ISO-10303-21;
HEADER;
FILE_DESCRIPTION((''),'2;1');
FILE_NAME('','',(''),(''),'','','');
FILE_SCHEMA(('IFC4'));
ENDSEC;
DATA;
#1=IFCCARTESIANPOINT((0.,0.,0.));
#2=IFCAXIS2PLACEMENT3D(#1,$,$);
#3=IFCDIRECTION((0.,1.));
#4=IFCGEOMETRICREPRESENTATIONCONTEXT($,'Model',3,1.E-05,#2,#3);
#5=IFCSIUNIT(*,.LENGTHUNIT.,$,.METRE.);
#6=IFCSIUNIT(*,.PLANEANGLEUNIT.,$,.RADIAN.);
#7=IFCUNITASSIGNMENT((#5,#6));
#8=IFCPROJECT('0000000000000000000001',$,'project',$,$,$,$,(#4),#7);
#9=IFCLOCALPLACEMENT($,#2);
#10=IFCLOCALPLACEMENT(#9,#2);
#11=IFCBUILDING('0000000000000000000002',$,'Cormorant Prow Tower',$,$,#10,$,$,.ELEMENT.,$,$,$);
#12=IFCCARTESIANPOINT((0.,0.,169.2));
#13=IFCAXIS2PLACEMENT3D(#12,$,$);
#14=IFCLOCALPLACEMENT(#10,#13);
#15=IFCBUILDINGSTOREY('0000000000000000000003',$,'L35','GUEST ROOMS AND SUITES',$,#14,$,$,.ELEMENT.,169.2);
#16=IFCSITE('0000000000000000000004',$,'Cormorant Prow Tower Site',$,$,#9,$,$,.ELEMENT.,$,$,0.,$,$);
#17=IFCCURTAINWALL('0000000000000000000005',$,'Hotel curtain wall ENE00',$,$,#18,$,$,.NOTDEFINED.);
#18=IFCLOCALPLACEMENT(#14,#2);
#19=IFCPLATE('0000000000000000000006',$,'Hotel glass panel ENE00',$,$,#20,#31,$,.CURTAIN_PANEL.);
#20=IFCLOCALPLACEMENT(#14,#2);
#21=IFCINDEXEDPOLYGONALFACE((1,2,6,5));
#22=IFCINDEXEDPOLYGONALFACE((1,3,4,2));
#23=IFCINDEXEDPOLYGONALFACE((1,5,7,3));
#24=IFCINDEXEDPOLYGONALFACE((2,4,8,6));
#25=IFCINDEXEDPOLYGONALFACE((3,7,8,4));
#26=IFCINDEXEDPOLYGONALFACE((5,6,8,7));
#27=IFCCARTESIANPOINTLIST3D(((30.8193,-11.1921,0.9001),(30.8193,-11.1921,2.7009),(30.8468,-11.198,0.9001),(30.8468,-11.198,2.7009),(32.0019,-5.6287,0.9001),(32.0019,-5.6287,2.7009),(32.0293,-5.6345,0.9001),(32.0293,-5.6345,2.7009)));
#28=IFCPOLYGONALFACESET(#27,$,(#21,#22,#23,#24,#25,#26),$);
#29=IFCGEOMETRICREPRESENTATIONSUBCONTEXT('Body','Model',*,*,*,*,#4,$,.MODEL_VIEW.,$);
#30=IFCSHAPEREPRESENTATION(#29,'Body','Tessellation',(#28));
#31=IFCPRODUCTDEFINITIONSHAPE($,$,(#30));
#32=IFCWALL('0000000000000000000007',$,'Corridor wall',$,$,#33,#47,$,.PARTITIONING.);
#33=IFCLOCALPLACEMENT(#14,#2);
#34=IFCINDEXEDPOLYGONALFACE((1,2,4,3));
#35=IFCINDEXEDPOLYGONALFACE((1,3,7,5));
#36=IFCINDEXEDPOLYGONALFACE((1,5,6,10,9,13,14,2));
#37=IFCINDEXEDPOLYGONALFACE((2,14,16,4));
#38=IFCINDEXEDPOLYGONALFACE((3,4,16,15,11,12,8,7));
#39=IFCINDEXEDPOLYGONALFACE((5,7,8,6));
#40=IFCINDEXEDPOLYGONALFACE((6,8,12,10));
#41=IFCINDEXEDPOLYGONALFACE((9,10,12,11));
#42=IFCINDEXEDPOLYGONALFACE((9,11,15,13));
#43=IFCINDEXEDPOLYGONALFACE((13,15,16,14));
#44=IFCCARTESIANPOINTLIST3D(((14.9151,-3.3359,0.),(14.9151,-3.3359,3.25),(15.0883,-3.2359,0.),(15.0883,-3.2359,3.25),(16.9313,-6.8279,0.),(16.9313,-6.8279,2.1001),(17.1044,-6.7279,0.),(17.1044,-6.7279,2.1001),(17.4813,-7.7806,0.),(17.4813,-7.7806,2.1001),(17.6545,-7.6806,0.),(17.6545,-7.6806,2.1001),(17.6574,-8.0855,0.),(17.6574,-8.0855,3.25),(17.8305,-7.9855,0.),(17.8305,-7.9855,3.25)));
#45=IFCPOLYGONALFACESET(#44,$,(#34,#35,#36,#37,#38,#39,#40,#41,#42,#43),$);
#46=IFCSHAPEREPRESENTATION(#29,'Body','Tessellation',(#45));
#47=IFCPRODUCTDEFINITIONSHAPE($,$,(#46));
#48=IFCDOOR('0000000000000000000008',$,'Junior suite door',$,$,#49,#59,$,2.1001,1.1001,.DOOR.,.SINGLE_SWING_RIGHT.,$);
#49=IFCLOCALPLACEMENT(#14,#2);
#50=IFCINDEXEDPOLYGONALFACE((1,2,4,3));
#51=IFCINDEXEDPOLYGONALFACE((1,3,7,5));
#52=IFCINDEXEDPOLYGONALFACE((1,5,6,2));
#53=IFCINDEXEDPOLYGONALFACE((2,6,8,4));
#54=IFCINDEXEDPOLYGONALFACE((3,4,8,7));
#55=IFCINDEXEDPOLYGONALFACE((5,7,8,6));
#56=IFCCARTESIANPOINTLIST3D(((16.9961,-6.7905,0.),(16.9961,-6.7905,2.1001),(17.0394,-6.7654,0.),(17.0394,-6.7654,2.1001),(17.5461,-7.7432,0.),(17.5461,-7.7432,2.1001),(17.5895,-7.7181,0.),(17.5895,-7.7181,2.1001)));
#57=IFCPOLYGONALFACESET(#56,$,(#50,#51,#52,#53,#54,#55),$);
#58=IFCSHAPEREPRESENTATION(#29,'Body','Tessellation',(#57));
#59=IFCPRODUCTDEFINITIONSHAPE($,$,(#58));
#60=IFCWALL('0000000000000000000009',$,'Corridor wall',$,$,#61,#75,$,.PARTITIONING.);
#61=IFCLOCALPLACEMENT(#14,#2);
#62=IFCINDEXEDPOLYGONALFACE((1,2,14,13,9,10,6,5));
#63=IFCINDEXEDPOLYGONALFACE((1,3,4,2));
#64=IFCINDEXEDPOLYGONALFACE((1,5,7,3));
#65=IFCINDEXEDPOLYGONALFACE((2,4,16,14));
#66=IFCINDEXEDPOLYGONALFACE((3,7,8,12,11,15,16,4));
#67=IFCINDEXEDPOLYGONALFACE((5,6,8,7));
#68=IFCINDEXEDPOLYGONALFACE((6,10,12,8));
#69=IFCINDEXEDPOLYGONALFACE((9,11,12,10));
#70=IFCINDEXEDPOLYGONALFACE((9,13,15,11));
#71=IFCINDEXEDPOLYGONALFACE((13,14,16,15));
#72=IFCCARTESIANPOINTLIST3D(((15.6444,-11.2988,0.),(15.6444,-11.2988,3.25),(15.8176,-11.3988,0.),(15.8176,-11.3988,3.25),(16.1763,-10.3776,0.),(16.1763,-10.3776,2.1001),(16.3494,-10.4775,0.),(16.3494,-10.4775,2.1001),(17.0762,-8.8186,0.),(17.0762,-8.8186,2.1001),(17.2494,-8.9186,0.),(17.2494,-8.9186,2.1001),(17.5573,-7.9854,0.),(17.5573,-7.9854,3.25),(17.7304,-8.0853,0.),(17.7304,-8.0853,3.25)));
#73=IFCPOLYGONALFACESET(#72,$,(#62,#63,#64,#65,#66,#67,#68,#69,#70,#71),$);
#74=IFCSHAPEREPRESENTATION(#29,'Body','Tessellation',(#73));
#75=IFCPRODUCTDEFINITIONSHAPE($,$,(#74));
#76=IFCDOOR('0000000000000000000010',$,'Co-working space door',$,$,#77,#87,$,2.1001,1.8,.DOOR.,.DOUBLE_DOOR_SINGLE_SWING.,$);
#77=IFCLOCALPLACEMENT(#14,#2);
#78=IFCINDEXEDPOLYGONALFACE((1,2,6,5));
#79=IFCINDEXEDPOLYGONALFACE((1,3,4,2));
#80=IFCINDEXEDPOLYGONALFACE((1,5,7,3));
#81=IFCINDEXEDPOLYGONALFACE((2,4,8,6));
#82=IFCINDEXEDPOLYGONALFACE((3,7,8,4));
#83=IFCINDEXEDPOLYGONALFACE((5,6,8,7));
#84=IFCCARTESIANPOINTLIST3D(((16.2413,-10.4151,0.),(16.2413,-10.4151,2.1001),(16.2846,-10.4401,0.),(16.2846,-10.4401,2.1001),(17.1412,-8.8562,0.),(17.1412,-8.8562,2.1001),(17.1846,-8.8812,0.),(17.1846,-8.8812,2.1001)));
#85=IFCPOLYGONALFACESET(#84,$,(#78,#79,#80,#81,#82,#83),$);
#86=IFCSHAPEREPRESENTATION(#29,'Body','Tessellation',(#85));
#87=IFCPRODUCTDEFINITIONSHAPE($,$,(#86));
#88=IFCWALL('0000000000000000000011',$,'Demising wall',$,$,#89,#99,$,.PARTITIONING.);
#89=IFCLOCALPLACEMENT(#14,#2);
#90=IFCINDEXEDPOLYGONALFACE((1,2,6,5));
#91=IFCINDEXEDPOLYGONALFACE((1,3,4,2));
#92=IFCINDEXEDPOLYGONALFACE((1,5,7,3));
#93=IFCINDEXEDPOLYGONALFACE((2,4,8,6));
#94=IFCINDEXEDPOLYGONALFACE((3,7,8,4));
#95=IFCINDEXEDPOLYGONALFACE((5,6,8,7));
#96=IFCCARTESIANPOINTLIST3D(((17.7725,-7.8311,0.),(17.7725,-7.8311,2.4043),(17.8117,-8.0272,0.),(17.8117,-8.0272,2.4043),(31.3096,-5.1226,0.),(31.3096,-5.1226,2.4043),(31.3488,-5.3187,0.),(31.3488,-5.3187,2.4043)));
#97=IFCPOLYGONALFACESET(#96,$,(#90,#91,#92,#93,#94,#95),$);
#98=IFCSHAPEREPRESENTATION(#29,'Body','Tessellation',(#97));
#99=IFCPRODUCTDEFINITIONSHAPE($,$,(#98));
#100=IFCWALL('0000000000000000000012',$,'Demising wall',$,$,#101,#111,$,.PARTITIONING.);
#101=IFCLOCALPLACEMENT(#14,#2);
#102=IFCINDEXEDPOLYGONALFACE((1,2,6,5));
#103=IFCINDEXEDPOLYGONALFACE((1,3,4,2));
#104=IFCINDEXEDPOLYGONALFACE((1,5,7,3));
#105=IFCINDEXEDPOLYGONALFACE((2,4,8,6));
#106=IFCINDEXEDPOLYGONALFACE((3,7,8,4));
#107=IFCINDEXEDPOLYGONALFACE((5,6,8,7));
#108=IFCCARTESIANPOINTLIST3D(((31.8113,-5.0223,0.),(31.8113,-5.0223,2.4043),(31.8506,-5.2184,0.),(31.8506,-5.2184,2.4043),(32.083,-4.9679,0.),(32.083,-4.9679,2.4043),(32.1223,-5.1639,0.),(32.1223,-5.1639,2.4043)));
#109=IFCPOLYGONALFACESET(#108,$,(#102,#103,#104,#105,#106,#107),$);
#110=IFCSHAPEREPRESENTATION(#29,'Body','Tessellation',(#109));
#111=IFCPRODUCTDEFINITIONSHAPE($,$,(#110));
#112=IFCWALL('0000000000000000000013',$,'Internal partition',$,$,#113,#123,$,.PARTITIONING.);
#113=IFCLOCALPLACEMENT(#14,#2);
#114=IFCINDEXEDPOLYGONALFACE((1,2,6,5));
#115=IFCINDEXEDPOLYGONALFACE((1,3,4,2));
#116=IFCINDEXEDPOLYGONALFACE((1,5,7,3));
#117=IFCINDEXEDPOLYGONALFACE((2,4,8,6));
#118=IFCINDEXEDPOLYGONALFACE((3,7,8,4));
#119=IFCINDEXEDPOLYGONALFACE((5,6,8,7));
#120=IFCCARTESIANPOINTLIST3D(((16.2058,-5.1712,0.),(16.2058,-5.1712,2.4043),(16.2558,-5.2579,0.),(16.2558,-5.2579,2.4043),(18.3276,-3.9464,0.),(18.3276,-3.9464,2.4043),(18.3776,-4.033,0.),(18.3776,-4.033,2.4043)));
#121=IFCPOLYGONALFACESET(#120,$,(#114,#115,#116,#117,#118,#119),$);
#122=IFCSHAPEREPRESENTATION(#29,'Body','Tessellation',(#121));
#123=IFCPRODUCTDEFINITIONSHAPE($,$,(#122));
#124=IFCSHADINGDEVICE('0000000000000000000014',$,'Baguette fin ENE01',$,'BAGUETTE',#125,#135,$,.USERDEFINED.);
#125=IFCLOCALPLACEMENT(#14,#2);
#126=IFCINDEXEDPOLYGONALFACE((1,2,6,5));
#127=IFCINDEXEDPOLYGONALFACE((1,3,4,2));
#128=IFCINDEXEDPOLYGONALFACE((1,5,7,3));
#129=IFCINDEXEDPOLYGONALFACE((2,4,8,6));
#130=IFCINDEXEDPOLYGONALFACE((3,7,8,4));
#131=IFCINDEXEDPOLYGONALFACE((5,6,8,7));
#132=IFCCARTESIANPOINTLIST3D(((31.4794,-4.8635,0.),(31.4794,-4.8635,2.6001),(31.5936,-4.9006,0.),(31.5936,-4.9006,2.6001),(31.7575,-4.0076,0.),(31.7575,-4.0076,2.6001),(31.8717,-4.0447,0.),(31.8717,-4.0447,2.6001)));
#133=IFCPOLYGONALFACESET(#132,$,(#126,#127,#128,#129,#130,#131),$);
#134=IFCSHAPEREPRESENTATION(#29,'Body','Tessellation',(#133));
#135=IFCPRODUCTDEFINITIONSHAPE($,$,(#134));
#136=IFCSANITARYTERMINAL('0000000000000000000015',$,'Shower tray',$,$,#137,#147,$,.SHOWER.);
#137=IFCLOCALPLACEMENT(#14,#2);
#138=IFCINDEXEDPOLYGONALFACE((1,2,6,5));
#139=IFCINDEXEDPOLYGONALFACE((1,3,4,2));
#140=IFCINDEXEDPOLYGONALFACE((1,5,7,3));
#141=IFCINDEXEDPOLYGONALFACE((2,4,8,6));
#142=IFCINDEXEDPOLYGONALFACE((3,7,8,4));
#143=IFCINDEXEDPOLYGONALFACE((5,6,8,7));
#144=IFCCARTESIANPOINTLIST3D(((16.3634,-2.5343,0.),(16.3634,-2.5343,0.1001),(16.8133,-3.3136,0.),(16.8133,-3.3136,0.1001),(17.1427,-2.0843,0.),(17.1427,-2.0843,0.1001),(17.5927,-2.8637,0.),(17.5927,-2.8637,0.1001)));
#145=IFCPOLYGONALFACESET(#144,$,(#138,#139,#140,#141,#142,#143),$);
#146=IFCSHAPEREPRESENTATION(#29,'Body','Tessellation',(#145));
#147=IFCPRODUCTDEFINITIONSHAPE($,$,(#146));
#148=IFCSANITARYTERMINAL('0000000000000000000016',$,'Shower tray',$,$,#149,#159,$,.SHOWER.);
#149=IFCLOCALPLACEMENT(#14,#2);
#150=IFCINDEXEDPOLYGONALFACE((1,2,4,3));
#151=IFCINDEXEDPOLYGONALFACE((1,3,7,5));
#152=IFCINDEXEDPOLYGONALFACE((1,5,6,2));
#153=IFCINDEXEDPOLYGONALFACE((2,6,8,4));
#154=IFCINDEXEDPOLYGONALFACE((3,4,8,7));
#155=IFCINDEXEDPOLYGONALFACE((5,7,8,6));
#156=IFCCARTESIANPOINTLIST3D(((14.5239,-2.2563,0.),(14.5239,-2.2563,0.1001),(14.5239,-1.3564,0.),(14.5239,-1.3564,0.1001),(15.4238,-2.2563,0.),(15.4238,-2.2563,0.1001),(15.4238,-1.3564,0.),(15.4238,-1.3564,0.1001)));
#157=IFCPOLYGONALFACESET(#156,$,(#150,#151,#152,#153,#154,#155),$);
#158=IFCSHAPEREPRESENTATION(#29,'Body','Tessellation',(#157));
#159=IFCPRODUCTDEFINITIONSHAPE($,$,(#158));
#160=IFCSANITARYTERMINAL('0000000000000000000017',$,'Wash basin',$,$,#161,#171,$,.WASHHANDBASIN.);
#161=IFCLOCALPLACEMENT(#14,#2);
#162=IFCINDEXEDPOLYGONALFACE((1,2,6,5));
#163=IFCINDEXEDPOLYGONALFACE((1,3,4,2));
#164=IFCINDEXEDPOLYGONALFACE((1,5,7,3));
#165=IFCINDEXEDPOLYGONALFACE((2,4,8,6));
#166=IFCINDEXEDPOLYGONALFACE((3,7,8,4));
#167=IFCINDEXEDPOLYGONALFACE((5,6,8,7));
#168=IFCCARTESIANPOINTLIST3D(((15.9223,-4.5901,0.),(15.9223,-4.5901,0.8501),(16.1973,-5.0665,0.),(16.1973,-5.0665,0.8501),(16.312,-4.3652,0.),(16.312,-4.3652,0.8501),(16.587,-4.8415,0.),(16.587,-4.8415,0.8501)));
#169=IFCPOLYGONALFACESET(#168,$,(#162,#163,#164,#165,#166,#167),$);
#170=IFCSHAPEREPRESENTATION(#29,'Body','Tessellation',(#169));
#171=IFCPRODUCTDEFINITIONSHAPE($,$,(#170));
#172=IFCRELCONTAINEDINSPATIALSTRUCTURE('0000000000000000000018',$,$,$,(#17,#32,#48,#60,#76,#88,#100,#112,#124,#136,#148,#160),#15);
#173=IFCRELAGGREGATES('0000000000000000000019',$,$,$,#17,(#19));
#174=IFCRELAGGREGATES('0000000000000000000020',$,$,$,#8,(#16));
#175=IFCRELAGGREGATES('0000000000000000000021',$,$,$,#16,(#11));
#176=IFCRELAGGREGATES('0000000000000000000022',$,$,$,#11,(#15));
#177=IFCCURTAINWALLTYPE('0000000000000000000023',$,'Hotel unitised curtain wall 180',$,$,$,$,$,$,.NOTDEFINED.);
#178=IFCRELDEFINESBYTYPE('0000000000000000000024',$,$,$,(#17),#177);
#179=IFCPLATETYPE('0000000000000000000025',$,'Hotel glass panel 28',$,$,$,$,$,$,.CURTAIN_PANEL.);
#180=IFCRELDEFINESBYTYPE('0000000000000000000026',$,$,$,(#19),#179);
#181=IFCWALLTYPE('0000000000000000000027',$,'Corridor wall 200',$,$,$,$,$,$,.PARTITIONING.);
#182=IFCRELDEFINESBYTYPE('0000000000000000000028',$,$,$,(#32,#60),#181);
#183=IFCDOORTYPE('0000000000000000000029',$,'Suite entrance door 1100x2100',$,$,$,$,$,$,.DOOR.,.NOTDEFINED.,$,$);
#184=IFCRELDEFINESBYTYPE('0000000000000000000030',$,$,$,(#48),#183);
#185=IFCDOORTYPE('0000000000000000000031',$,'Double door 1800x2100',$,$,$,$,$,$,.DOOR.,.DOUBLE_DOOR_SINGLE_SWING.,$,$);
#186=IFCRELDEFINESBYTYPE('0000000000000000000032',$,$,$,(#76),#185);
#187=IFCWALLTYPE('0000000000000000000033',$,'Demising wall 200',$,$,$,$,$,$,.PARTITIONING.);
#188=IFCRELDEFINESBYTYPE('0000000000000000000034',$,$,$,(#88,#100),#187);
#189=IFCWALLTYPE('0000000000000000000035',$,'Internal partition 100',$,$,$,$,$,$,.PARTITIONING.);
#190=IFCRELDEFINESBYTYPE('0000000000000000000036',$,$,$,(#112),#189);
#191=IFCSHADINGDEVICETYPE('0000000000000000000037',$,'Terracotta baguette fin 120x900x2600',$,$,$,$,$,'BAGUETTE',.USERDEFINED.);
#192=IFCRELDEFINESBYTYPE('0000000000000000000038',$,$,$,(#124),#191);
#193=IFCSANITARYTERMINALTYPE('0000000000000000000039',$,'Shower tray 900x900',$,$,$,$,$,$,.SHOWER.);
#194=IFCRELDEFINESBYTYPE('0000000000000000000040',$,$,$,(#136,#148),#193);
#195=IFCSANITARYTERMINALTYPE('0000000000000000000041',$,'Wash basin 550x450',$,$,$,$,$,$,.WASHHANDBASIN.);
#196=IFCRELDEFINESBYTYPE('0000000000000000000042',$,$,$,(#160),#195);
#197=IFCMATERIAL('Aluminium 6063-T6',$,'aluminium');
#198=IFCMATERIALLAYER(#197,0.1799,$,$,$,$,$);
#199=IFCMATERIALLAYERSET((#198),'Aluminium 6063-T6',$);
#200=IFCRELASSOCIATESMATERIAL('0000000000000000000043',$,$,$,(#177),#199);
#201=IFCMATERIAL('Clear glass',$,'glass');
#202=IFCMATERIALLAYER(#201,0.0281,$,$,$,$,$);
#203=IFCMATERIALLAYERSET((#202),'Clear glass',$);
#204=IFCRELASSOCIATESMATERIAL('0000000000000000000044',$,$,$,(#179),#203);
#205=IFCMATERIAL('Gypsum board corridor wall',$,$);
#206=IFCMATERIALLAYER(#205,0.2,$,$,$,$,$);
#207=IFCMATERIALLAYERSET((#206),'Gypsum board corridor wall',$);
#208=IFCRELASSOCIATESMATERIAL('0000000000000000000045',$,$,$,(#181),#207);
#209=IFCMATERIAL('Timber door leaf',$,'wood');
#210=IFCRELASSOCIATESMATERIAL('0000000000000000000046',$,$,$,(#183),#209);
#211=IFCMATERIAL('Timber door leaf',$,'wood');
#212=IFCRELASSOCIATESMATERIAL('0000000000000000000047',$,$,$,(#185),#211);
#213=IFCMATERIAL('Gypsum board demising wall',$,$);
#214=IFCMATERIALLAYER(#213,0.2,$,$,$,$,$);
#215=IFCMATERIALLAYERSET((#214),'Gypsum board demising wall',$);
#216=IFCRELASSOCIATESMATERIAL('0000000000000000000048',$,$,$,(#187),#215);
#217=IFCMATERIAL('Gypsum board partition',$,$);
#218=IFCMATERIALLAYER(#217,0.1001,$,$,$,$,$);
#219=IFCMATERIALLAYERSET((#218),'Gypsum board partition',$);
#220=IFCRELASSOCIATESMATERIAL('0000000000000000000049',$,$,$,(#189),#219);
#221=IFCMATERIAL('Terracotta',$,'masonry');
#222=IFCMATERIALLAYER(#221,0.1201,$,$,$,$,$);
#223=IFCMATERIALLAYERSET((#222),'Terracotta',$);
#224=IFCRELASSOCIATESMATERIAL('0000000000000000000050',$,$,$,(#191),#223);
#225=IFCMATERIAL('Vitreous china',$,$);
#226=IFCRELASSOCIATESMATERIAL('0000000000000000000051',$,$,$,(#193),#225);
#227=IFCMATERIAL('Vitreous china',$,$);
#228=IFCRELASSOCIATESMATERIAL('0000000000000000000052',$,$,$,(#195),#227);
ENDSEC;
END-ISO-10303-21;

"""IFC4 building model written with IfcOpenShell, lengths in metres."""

from ifc_helpers import new_model, si_unit, direction, frame, frame_2d, origin, origin_2d, place, context, subcontext, project, spatial, rectangle, extrude, material, layer, layer_set, type_object, element, fill, aggregate, save


model = new_model("IFC4")

# Units and contexts
model_context = context("Model", 3, precision=1e-05, world=origin(), true_north=direction((0.0, 1.0)))
body_context = subcontext(model_context, "Body", "Model", "MODEL_VIEW")
ifc_project = project(units=[si_unit("LENGTHUNIT", "METRE"), si_unit("PLANEANGLEUNIT", "RADIAN")], contexts=[model_context])

# Site, building, storey
site_placement = place(None, origin())
site = spatial("IfcSite", under=ifc_project, at=site_placement, Name="Cormorant Prow Tower Site", CompositionType="ELEMENT", RefElevation=0.0)
building_placement = place(site_placement, origin())
building = spatial("IfcBuilding", under=site, at=building_placement, Name="Cormorant Prow Tower", CompositionType="ELEMENT")
storey_placement = place(building_placement, frame((0.0, 0.0, 169.2)))
storey = spatial("IfcBuildingStorey", under=building, at=storey_placement, Name="L35", Description="GUEST ROOMS AND SUITES", CompositionType="ELEMENT", Elevation=169.2)

# Curtain wall
ifc_material_1 = material(Name="Aluminium 6063-T6", Category="aluminium")
ifc_layer_1 = layer(ifc_material_1, 0.1799)
ifc_layer_set_1 = layer_set([ifc_layer_1], Name="Aluminium 6063-T6")
curtain_wall_type = type_object("IfcCurtainWallType", Name="Hotel unitised curtain wall 180", PredefinedType="NOTDEFINED", material=ifc_layer_set_1)
curtain_wall_1_placement = place(storey_placement, origin())
curtain_wall_1 = element("IfcCurtainWall", 1, at=curtain_wall_1_placement, inside=storey, type_object=curtain_wall_type, Name="Hotel curtain wall ENE00", PredefinedType="NOTDEFINED")

# Plate
ifc_material_2 = material(Name="Clear glass", Category="glass")
ifc_layer_2 = layer(ifc_material_2, 0.0281)
ifc_layer_set_2 = layer_set([ifc_layer_2], Name="Clear glass")
plate_type = type_object("IfcPlateType", Name="Hotel glass panel 28", PredefinedType="CURTAIN_PANEL", material=ifc_layer_set_2)
plate_placement = place(storey_placement, frame((31.4243, -8.4133, 0.9001), z_axis=(0.0, 0.0, 1.0), x_axis=(0.207912, 0.978148, 0.0)))
plate = element("IfcPlate", 2, at=plate_placement, type_object=plate_type, Name="Hotel glass panel ENE00", PredefinedType="CURTAIN_PANEL", context=body_context, shape_type="SweptSolid", body=[
    extrude(rectangle(XDim=5.6877, YDim=0.0281, at=origin_2d()), origin(), (0.0, 0.0, 1.0), 1.8008),
])
aggregate(curtain_wall_1, [plate])

# Walls, openings, doors
ifc_material_3 = material(Name="Gypsum board corridor wall")
ifc_layer_3 = layer(ifc_material_3, 0.2)
ifc_layer_set_3 = layer_set([ifc_layer_3], Name="Gypsum board corridor wall")
wall_type_1 = type_object("IfcWallType", Name="Corridor wall 200", PredefinedType="PARTITIONING", material=ifc_layer_set_3)
wall_1_placement = place(storey_placement, frame((15.0017, -3.2859, 0.0), z_axis=(0.0, 0.0, 1.0), x_axis=(0.500008, -0.866021, 0.0)))
wall_1 = element("IfcWall", 3, at=wall_1_placement, inside=storey, type_object=wall_type_1, Name="Corridor wall", PredefinedType="PARTITIONING", context=body_context, shape_type="SweptSolid", body=[
    extrude(rectangle(XDim=5.4844, YDim=0.2, at=frame_2d((2.7422, 0.0))), origin(), (0.0, 0.0, 1.0), 3.25),
])
opening_1_placement = place(wall_1_placement, frame((4.0322, 0.0, 0.0)))
opening_1 = element("IfcOpeningElement", 4, at=opening_1_placement, cuts=wall_1, PredefinedType="OPENING", context=body_context, shape_type="SweptSolid", body=[
    extrude(rectangle(XDim=1.1001, YDim=2.1001, at=frame_2d((0.55, 1.05))), frame((0.0, 0.1099, 0.0), z_axis=(0.0, -1.0, 0.0), x_axis=(1.0, 0.0, 0.0)), (0.0, 0.0, 1.0), 0.22),
])
ifc_material_4 = material(Name="Timber door leaf", Category="wood")
door_type_1 = type_object("IfcDoorType", Name="Suite entrance door 1100x2100", OperationType="NOTDEFINED", PredefinedType="DOOR", material=ifc_material_4)
door_1_placement = place(opening_1_placement, origin())
door_1 = element("IfcDoor", 5, at=door_1_placement, inside=storey, type_object=door_type_1, Name="Junior suite door", OperationType="SINGLE_SWING_RIGHT", OverallHeight=2.1001, OverallWidth=1.1001, PredefinedType="DOOR", context=body_context, shape_type="SweptSolid", body=[
    extrude(rectangle(XDim=1.1001, YDim=2.1001, at=frame_2d((0.55, 1.05))), frame((0.0, 0.0249, 0.0), z_axis=(0.0, -1.0, 0.0), x_axis=(1.0, 0.0, 0.0)), (0.0, 0.0, 1.0), 0.05),
])
fill(opening_1, door_1)
wall_2_placement = place(storey_placement, frame((15.731, -11.3489, 0.0), z_axis=(0.0, 0.0, 1.0), x_axis=(0.499962, 0.866047, 0.0)))
wall_2 = element("IfcWall", 6, at=wall_2_placement, inside=storey, type_object=wall_type_1, Name="Corridor wall", PredefinedType="PARTITIONING", context=body_context, shape_type="SweptSolid", body=[
    extrude(rectangle(XDim=3.8259, YDim=0.2, at=frame_2d((1.9131, 0.0))), origin(), (0.0, 0.0, 1.0), 3.25),
])
opening_2_placement = place(wall_2_placement, frame((1.064, 0.0, 0.0)))
opening_2 = element("IfcOpeningElement", 7, at=opening_2_placement, cuts=wall_2, PredefinedType="OPENING", context=body_context, shape_type="SweptSolid", body=[
    extrude(rectangle(XDim=1.8, YDim=2.1001, at=frame_2d((0.8999, 1.05))), frame((0.0, 0.1099, 0.0), z_axis=(0.0, -1.0, 0.0), x_axis=(1.0, 0.0, 0.0)), (0.0, 0.0, 1.0), 0.22),
])
ifc_material_5 = material(Name="Timber door leaf", Category="wood")
door_type_2 = type_object("IfcDoorType", Name="Double door 1800x2100", OperationType="DOUBLE_DOOR_SINGLE_SWING", PredefinedType="DOOR", material=ifc_material_5)
door_2_placement = place(opening_2_placement, origin())
door_2 = element("IfcDoor", 8, at=door_2_placement, inside=storey, type_object=door_type_2, Name="Co-working space door", OperationType="DOUBLE_DOOR_SINGLE_SWING", OverallHeight=2.1001, OverallWidth=1.8, PredefinedType="DOOR", context=body_context, shape_type="SweptSolid", body=[
    extrude(rectangle(XDim=1.8, YDim=2.1001, at=frame_2d((0.8999, 1.05))), frame((0.0, 0.0249, 0.0), z_axis=(0.0, -1.0, 0.0), x_axis=(1.0, 0.0, 0.0)), (0.0, 0.0, 1.0), 0.05),
])
fill(opening_2, door_2)

# Walls
ifc_material_6 = material(Name="Gypsum board demising wall")
ifc_layer_4 = layer(ifc_material_6, 0.2)
ifc_layer_set_4 = layer_set([ifc_layer_4], Name="Gypsum board demising wall")
wall_type_2 = type_object("IfcWallType", Name="Demising wall 200", PredefinedType="PARTITIONING", material=ifc_layer_set_4)
wall_3_placement = place(storey_placement, frame((17.792, -7.9292, 0.0), z_axis=(0.0, 0.0, 1.0), x_axis=(0.980566, 0.196191, 0.0)))
element("IfcWall", 9, at=wall_3_placement, inside=storey, type_object=wall_type_2, Name="Demising wall", PredefinedType="PARTITIONING", context=body_context, shape_type="SweptSolid", body=[
    extrude(rectangle(XDim=13.8054, YDim=0.2, at=frame_2d((6.9028, 0.0))), origin(), (0.0, 0.0, 1.0), 2.4043),
])
wall_4_placement = place(storey_placement, frame((31.8308, -5.1204, 0.0), z_axis=(0.0, 0.0, 1.0), x_axis=(0.980513, 0.196455, 0.0)))
element("IfcWall", 10, at=wall_4_placement, inside=storey, type_object=wall_type_2, Name="Demising wall", PredefinedType="PARTITIONING", context=body_context, shape_type="SweptSolid", body=[
    extrude(rectangle(XDim=0.2771, YDim=0.2, at=frame_2d((0.1387, 0.0))), origin(), (0.0, 0.0, 1.0), 2.4043),
])
ifc_material_7 = material(Name="Gypsum board partition")
ifc_layer_5 = layer(ifc_material_7, 0.1001)
ifc_layer_set_5 = layer_set([ifc_layer_5], Name="Gypsum board partition")
wall_type_3 = type_object("IfcWallType", Name="Internal partition 100", PredefinedType="PARTITIONING", material=ifc_layer_set_5)
wall_5_placement = place(storey_placement, frame((16.2307, -5.2146, 0.0), z_axis=(0.0, 0.0, 1.0), x_axis=(0.866058, 0.499944, 0.0)))
element("IfcWall", 11, at=wall_5_placement, inside=storey, type_object=wall_type_3, Name="Internal partition", PredefinedType="PARTITIONING", context=body_context, shape_type="SweptSolid", body=[
    extrude(rectangle(XDim=2.45, YDim=0.1001, at=frame_2d((1.2251, 0.0))), origin(), (0.0, 0.0, 1.0), 2.4043),
])

# Shading device
ifc_material_8 = material(Name="Terracotta", Category="masonry")
ifc_layer_6 = layer(ifc_material_8, 0.1201)
ifc_layer_set_6 = layer_set([ifc_layer_6], Name="Terracotta")
shading_device_type = type_object("IfcShadingDeviceType", Name="Terracotta baguette fin 120x900x2600", ElementType="BAGUETTE", PredefinedType="USERDEFINED", material=ifc_layer_set_6)
shading_device_placement = place(storey_placement, frame((31.6755, -4.4541, 0.0), z_axis=(0.0, 0.0, 1.0), x_axis=(-0.951056, 0.309017, 0.0)))
element("IfcShadingDevice", 12, at=shading_device_placement, inside=storey, type_object=shading_device_type, Name="Baguette fin ENE01", ObjectType="BAGUETTE", PredefinedType="USERDEFINED", context=body_context, shape_type="SweptSolid", body=[
    extrude(rectangle(XDim=0.1201, YDim=0.8999, at=origin_2d()), origin(), (0.0, 0.0, 1.0), 2.6001),
])

# Sanitary terminals
ifc_material_9 = material(Name="Vitreous china")
sanitary_terminal_type_1 = type_object("IfcSanitaryTerminalType", Name="Shower tray 900x900", PredefinedType="SHOWER", material=ifc_material_9)
for number, where, z_axis, x_axis, name in (
    (13, (16.978, -2.699, 0.0), (0.0, 0.0, 1.0), (0.5, -0.866025, 0.0), "Shower tray"),
    (14, (14.9739, -1.8064, 0.0), (0.0, 0.0, 1.0), (1.0, 0.0, 0.0), "Shower tray"),
):
    element("IfcSanitaryTerminal", number, at=place(storey_placement, frame(where, z_axis=z_axis, x_axis=x_axis)), inside=storey, type_object=sanitary_terminal_type_1, Name=name, PredefinedType="SHOWER", context=body_context, shape_type="SweptSolid", body=[
        extrude(rectangle(XDim=0.8999, YDim=0.8999, at=origin_2d()), origin(), (0.0, 0.0, 1.0), 0.1001),
    ])
ifc_material_10 = material(Name="Vitreous china")
sanitary_terminal_type_2 = type_object("IfcSanitaryTerminalType", Name="Wash basin 550x450", PredefinedType="WASHHANDBASIN", material=ifc_material_10)
sanitary_terminal_placement = place(storey_placement, frame((16.2546, -4.7158, 0.0), z_axis=(0.0, 0.0, 1.0), x_axis=(-0.5, 0.866025, 0.0)))
element("IfcSanitaryTerminal", 15, at=sanitary_terminal_placement, inside=storey, type_object=sanitary_terminal_type_2, Name="Wash basin", PredefinedType="WASHHANDBASIN", context=body_context, shape_type="SweptSolid", body=[
    extrude(rectangle(XDim=0.55, YDim=0.45, at=origin_2d()), origin(), (0.0, 0.0, 1.0), 0.8501),
])

save(model, "model.ifc")
